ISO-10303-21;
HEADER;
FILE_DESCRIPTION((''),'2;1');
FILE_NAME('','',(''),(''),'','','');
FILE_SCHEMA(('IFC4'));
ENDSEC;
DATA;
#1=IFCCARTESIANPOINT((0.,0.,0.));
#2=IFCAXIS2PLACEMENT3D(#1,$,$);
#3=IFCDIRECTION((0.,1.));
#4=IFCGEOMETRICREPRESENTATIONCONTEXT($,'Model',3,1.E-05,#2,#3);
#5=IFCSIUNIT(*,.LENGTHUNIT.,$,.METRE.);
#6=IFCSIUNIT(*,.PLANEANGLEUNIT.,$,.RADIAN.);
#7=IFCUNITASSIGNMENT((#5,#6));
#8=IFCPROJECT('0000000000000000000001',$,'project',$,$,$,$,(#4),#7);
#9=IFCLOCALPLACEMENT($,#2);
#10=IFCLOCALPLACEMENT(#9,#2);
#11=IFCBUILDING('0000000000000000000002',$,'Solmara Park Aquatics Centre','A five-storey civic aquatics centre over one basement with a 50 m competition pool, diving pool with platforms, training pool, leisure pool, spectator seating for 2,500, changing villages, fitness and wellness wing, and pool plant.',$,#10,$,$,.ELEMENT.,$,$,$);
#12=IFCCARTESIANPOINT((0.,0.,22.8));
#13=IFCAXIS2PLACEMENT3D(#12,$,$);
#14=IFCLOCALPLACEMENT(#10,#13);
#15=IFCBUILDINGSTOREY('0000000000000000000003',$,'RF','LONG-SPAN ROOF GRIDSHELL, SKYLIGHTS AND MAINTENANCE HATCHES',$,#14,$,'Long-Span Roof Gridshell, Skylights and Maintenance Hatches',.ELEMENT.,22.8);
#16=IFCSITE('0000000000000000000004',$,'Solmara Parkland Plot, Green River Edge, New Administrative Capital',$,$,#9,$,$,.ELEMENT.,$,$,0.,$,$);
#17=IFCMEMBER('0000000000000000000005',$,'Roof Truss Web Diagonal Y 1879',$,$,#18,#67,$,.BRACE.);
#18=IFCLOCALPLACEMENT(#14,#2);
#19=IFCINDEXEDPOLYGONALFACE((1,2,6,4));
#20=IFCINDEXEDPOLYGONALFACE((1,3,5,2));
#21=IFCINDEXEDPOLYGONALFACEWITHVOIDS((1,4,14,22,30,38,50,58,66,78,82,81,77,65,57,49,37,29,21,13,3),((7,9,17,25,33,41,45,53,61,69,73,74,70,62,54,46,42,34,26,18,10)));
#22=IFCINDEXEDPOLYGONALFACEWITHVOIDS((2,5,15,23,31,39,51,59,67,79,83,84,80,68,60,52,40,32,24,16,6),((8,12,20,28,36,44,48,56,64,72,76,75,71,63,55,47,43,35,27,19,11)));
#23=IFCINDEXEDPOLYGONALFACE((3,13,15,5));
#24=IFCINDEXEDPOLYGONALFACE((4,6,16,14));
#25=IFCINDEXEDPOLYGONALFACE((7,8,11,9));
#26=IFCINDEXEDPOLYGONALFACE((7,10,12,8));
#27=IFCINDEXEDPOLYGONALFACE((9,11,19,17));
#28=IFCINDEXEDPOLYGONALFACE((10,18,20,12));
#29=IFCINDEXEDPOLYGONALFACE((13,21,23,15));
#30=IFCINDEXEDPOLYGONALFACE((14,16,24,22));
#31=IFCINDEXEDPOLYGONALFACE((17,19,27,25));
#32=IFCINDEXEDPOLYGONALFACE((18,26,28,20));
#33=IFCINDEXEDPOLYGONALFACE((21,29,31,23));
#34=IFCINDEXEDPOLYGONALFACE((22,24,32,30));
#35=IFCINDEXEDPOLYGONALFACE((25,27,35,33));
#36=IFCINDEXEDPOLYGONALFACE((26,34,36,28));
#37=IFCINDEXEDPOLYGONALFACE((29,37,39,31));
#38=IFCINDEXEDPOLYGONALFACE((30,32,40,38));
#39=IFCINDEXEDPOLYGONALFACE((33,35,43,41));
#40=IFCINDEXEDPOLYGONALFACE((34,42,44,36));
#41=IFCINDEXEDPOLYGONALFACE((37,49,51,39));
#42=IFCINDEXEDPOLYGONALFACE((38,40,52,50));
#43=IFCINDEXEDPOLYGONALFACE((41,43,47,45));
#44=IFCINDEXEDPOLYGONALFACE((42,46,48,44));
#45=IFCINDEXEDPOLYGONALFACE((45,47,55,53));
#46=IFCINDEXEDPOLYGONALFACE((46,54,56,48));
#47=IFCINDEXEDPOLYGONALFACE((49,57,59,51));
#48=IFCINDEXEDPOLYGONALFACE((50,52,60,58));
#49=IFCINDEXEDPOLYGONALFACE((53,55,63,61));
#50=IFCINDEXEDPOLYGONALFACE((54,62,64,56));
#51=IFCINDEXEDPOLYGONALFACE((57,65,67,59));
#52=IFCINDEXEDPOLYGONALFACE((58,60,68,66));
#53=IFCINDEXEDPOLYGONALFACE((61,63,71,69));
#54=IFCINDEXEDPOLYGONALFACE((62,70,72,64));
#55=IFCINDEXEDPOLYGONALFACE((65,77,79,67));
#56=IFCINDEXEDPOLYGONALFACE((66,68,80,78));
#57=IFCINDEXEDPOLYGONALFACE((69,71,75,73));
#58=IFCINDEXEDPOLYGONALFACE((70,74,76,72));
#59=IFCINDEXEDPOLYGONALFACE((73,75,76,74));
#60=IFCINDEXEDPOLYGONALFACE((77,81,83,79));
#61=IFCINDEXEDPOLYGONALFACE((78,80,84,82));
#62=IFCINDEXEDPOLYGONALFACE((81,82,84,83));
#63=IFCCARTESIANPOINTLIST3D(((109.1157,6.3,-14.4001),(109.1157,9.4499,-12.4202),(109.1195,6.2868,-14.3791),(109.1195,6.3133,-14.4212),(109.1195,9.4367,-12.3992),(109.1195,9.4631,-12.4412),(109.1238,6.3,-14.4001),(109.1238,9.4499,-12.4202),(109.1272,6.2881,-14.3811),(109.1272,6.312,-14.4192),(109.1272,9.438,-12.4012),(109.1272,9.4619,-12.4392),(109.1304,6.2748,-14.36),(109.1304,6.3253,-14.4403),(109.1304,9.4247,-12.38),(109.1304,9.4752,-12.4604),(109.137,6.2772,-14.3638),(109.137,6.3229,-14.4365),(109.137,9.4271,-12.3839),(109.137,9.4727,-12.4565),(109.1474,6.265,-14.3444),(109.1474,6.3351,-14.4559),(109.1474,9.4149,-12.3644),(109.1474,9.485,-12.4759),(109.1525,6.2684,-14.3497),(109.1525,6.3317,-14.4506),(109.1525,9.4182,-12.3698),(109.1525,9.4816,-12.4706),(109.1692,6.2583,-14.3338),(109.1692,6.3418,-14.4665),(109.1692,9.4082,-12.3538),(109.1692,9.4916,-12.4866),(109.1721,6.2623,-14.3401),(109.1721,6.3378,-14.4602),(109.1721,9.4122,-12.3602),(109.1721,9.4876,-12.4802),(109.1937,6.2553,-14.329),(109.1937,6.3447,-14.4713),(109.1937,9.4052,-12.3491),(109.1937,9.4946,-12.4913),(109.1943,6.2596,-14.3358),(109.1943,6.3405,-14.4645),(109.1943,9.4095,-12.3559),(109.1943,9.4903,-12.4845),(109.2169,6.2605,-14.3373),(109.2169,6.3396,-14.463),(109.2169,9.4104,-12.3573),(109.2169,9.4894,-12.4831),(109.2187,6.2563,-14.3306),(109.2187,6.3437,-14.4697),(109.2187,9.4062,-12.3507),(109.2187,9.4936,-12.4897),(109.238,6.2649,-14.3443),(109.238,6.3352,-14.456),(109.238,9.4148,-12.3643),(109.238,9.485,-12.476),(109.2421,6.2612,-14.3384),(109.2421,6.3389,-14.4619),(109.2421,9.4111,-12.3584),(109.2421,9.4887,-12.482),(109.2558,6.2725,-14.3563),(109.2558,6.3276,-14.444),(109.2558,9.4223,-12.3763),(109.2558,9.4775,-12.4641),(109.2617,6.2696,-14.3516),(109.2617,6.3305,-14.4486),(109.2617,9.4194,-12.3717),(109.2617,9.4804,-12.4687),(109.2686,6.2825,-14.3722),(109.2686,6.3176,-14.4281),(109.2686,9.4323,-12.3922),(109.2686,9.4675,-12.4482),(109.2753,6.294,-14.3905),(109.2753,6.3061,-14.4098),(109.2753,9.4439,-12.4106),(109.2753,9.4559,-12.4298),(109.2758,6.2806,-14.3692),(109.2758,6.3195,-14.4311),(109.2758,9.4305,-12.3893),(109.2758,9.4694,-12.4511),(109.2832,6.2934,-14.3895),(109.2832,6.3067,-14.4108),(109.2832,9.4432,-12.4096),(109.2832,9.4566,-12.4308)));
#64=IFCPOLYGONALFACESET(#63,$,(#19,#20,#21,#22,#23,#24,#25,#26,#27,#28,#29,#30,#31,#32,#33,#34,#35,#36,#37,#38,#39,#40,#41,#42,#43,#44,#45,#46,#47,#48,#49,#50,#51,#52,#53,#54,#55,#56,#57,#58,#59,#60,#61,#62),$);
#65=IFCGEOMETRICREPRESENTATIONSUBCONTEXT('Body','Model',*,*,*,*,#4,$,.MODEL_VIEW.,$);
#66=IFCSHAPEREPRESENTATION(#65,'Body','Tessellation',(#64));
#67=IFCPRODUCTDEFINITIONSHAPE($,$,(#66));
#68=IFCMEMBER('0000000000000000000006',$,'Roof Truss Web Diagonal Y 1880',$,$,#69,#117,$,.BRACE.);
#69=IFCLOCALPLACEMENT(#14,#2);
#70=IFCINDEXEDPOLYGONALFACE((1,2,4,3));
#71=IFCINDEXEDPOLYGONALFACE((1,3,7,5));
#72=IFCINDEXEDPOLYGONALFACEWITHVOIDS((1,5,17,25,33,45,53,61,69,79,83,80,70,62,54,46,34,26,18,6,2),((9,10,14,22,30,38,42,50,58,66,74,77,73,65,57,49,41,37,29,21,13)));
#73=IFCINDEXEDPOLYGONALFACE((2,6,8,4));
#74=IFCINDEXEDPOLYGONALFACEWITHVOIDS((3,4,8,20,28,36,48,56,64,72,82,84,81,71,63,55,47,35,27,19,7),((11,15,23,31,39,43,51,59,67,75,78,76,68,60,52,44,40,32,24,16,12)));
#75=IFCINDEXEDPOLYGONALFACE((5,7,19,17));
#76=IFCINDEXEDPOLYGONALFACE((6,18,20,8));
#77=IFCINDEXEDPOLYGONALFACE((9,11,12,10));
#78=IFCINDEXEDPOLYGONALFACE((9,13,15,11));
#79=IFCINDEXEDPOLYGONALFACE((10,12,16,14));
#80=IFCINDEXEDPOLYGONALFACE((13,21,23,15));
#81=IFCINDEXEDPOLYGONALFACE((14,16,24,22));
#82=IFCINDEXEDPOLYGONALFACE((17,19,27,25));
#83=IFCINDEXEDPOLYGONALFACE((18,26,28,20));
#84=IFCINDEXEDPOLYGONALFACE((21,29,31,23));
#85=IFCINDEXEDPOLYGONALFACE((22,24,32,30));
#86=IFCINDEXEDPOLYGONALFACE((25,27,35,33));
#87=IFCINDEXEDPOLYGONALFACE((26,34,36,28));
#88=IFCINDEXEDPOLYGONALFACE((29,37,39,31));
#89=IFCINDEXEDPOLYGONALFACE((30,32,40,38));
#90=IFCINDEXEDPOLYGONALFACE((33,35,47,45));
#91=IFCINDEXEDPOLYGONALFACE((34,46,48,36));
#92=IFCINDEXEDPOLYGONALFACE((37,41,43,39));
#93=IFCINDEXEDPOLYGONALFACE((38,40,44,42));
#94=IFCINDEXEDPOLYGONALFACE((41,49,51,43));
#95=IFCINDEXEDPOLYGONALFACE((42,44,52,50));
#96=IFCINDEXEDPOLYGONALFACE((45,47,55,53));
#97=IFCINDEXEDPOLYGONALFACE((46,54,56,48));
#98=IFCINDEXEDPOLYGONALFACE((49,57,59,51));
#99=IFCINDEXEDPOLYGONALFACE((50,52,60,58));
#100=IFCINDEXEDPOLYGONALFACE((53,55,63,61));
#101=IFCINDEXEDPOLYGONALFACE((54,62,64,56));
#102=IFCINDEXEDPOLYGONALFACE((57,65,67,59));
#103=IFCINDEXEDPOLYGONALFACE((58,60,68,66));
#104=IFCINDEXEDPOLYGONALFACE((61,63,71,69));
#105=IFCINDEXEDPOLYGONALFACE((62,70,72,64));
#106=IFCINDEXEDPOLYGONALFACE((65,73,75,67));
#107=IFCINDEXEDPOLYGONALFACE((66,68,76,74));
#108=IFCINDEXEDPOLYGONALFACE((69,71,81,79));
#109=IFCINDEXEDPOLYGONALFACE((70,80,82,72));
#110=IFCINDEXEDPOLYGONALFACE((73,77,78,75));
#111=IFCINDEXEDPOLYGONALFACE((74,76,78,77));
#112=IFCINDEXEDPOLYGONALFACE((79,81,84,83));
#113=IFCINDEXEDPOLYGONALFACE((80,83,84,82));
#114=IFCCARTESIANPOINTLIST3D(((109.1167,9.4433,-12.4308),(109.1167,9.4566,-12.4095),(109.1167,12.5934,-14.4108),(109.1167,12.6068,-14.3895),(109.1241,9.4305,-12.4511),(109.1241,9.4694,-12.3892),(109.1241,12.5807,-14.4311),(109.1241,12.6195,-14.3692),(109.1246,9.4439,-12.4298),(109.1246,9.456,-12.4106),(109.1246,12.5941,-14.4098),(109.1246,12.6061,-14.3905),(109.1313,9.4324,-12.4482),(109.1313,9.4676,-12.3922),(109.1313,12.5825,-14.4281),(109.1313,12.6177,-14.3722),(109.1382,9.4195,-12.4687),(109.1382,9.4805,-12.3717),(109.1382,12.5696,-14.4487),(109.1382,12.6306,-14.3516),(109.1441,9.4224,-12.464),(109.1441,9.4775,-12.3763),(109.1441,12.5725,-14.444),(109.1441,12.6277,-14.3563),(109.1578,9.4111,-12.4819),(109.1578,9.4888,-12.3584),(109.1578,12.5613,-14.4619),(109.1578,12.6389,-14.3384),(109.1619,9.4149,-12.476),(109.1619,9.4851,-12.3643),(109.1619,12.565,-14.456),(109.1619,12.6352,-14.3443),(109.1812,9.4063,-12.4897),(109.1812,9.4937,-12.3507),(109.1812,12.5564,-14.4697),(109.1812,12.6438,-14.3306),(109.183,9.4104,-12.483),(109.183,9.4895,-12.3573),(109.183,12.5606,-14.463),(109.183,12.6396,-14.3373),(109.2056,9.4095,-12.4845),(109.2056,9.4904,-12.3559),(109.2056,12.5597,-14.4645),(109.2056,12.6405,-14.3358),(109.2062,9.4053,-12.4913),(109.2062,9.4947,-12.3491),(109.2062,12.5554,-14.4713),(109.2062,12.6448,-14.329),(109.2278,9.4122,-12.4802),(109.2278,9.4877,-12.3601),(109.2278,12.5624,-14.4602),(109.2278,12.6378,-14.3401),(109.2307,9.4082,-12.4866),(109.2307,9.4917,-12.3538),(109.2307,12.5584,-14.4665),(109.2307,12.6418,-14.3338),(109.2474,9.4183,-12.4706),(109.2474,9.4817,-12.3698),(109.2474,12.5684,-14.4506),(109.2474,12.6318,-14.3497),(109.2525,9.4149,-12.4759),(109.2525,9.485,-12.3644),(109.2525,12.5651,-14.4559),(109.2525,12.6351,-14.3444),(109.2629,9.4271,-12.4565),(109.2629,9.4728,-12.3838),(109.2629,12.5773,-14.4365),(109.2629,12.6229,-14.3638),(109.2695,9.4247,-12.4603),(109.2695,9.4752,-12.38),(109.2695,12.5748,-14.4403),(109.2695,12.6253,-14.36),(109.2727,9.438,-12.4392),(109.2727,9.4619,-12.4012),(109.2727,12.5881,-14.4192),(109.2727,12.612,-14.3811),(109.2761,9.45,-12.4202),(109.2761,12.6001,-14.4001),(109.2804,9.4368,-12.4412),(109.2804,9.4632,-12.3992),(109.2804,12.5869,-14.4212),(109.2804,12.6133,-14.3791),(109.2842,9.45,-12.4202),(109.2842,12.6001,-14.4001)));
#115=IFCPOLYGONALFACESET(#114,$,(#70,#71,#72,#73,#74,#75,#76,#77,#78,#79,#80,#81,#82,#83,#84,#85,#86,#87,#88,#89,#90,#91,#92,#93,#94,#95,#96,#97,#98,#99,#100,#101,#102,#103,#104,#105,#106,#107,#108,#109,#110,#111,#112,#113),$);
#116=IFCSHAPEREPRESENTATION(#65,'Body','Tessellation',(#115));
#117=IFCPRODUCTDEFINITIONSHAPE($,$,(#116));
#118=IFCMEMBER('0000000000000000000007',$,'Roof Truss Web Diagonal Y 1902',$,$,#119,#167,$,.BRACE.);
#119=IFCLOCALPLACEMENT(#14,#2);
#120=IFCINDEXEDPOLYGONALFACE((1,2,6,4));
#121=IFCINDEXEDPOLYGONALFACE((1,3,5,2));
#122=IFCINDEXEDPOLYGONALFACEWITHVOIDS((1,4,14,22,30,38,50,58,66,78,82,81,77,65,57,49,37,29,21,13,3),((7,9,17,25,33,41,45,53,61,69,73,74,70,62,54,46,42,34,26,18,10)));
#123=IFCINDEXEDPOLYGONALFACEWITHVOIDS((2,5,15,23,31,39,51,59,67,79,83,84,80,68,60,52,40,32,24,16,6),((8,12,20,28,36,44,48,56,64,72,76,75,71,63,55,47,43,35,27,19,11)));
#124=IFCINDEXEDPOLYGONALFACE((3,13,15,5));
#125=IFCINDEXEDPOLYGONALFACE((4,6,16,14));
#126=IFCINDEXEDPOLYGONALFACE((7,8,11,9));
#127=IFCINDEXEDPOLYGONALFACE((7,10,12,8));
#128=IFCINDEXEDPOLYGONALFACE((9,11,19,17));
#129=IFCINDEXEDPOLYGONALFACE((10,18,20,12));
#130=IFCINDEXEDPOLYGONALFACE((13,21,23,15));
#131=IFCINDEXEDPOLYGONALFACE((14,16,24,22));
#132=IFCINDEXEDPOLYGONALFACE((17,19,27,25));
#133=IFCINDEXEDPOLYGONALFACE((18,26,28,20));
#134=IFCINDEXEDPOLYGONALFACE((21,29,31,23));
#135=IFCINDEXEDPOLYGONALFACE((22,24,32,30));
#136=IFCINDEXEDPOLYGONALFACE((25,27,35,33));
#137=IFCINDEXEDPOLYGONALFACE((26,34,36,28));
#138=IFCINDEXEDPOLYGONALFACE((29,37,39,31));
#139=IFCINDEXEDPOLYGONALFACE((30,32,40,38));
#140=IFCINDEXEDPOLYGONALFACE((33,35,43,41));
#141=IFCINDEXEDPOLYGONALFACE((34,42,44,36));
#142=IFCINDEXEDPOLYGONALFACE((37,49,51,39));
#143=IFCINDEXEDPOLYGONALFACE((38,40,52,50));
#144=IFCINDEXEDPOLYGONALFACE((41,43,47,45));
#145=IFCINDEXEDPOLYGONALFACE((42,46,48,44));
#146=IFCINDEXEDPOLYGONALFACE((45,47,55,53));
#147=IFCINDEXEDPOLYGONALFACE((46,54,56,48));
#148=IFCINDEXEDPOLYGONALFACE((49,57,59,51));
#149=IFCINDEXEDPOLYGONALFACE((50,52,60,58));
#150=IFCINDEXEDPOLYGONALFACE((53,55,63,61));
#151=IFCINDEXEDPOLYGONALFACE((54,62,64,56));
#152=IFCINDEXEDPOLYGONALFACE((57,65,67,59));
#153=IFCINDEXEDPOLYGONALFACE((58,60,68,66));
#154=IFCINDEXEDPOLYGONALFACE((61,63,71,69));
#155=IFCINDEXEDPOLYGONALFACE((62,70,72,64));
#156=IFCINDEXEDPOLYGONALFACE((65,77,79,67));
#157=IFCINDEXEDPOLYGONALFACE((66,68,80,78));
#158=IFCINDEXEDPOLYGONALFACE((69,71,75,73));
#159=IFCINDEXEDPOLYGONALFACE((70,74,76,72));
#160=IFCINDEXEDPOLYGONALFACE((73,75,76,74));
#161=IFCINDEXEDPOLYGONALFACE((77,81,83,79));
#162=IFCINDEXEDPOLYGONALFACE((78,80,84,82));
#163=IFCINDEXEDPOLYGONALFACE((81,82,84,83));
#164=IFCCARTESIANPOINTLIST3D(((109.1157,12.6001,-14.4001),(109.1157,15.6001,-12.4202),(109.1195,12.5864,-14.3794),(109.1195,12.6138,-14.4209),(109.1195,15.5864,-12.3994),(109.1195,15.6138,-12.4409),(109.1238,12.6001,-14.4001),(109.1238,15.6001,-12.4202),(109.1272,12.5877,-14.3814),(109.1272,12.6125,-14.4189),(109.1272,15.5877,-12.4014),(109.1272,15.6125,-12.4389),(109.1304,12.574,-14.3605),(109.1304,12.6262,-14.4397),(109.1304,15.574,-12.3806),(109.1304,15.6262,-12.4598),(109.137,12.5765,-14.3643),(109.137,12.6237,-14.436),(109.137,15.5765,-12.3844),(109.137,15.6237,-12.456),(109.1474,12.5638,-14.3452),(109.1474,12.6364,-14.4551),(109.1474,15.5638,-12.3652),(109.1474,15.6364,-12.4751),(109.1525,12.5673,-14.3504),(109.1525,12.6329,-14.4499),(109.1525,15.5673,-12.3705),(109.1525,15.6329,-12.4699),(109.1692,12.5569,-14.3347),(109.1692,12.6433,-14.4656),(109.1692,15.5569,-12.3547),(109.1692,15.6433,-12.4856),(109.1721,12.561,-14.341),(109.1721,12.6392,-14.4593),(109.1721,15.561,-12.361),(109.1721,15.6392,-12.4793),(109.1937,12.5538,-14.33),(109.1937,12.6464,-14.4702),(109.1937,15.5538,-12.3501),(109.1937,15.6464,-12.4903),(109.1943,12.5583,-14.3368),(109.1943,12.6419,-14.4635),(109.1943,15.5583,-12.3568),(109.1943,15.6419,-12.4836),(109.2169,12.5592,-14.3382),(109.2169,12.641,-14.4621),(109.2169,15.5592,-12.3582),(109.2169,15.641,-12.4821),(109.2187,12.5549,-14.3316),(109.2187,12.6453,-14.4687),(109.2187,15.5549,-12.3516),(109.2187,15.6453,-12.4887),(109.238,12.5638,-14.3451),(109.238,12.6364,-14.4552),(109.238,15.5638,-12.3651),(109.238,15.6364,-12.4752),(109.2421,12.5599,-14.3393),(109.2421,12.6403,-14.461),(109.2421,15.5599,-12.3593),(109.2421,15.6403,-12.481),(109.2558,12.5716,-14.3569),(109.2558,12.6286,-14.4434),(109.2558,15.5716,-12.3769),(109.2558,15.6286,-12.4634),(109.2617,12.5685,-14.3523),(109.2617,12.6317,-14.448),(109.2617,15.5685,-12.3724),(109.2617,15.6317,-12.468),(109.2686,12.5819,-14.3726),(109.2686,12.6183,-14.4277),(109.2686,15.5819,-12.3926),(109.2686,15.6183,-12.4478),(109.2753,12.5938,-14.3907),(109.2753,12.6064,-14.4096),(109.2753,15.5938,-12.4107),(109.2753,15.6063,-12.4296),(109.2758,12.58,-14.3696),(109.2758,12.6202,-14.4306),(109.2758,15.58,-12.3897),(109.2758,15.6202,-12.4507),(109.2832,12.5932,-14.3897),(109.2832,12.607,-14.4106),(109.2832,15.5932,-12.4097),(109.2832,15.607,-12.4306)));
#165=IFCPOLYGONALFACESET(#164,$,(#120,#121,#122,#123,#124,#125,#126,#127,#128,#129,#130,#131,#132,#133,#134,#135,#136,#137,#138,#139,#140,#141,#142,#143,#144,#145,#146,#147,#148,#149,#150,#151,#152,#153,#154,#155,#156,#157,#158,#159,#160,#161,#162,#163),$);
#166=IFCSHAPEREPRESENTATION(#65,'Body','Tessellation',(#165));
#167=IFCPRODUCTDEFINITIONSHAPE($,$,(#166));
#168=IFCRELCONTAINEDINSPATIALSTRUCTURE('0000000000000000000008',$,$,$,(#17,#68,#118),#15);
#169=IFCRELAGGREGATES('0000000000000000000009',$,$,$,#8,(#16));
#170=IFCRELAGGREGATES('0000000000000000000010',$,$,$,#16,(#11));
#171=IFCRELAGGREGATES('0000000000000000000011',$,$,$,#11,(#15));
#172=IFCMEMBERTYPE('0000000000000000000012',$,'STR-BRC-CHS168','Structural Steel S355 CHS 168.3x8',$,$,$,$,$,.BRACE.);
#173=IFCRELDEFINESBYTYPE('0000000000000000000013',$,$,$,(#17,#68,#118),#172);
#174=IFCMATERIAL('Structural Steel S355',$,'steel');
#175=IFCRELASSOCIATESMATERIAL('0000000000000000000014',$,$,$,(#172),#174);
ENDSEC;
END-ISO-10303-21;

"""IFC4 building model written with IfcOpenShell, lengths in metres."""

from ifc_helpers import new_model, si_unit, direction, frame, origin, origin_2d, place, context, subcontext, project, spatial, hollow_circle, extrude, material, material_profile, profile_set, type_object, element, save


model = new_model("IFC4")

# Units and contexts
model_context = context("Model", 3, precision=1e-05, world=origin(), true_north=direction((0.0, 1.0)))
body_context = subcontext(model_context, "Body", "Model", "MODEL_VIEW")
ifc_project = project(units=[si_unit("LENGTHUNIT", "METRE"), si_unit("PLANEANGLEUNIT", "RADIAN")], contexts=[model_context])

# Site, building, storey
site_placement = place(None, origin())
site = spatial("IfcSite", under=ifc_project, at=site_placement, Name="Solmara Parkland Plot, Green River Edge, New Administrative Capital", CompositionType="ELEMENT", RefElevation=0.0)
building_placement = place(site_placement, origin())
building = spatial("IfcBuilding", under=site, at=building_placement, Name="Solmara Park Aquatics Centre", Description="A five-storey civic aquatics centre over one basement with a 50 m competition pool, diving pool with platforms, training pool, leisure pool, spectator seating for 2,500, changing villages, fitness and wellness wing, and pool plant.", CompositionType="ELEMENT")
storey_placement = place(building_placement, frame((0.0, 0.0, 22.8)))
storey = spatial("IfcBuildingStorey", under=building, at=storey_placement, Name="RF", Description="LONG-SPAN ROOF GRIDSHELL, SKYLIGHTS AND MAINTENANCE HATCHES", LongName="Long-Span Roof Gridshell, Skylights and Maintenance Hatches", CompositionType="ELEMENT", Elevation=22.8)

# Shared definitions
ifc_material_1 = material(Name="Structural Steel S355", Category="steel")

# Members
ifc_material_profile_1 = material_profile(ifc_material_1, hollow_circle(Radius=0.0842, WallThickness=0.0081, at=origin_2d()), Name="CHS 168.3x8")
ifc_profile_set_1 = profile_set([ifc_material_profile_1], Name="Structural Steel S355")
member_type_1 = type_object("IfcMemberType", Name="STR-BRC-CHS168", Description="Structural Steel S355 CHS 168.3x8", PredefinedType="BRACE", material=ifc_profile_set_1)
member_1_placement = place(storey_placement, frame((109.2, 6.3, -14.4001), z_axis=(0.0, 0.846631, 0.53218), x_axis=(-1.0, 0.0, 0.0)))
element("IfcMember", 1, at=member_1_placement, inside=storey, type_object=member_type_1, Name="Roof Truss Web Diagonal Y 1879", PredefinedType="BRACE", context=body_context, shape_type="SweptSolid", body=[
    extrude(hollow_circle(Radius=0.0842, WallThickness=0.0081, at=origin_2d()), origin(), (0.0, 0.0, 1.0), 3.7205),
])
member_2_placement = place(storey_placement, frame((109.2, 12.6001, -14.4001), z_axis=(0.0, -0.84665, 0.53215), x_axis=(1.0, 0.0, 0.0)))
element("IfcMember", 2, at=member_2_placement, inside=storey, type_object=member_type_1, Name="Roof Truss Web Diagonal Y 1880", PredefinedType="BRACE", context=body_context, shape_type="SweptSolid", body=[
    extrude(hollow_circle(Radius=0.0842, WallThickness=0.0081, at=origin_2d()), origin(), (0.0, 0.0, 1.0), 3.7207),
])
member_3_placement = place(storey_placement, frame((109.2, 12.6001, -14.4001), z_axis=(0.0, 0.834612, 0.550838), x_axis=(-1.0, 0.0, 0.0)))
element("IfcMember", 3, at=member_3_placement, inside=storey, type_object=member_type_1, Name="Roof Truss Web Diagonal Y 1902", PredefinedType="BRACE", context=body_context, shape_type="SweptSolid", body=[
    extrude(hollow_circle(Radius=0.0842, WallThickness=0.0081, at=origin_2d()), origin(), (0.0, 0.0, 1.0), 3.5945),
])

save(model, "model.ifc")
